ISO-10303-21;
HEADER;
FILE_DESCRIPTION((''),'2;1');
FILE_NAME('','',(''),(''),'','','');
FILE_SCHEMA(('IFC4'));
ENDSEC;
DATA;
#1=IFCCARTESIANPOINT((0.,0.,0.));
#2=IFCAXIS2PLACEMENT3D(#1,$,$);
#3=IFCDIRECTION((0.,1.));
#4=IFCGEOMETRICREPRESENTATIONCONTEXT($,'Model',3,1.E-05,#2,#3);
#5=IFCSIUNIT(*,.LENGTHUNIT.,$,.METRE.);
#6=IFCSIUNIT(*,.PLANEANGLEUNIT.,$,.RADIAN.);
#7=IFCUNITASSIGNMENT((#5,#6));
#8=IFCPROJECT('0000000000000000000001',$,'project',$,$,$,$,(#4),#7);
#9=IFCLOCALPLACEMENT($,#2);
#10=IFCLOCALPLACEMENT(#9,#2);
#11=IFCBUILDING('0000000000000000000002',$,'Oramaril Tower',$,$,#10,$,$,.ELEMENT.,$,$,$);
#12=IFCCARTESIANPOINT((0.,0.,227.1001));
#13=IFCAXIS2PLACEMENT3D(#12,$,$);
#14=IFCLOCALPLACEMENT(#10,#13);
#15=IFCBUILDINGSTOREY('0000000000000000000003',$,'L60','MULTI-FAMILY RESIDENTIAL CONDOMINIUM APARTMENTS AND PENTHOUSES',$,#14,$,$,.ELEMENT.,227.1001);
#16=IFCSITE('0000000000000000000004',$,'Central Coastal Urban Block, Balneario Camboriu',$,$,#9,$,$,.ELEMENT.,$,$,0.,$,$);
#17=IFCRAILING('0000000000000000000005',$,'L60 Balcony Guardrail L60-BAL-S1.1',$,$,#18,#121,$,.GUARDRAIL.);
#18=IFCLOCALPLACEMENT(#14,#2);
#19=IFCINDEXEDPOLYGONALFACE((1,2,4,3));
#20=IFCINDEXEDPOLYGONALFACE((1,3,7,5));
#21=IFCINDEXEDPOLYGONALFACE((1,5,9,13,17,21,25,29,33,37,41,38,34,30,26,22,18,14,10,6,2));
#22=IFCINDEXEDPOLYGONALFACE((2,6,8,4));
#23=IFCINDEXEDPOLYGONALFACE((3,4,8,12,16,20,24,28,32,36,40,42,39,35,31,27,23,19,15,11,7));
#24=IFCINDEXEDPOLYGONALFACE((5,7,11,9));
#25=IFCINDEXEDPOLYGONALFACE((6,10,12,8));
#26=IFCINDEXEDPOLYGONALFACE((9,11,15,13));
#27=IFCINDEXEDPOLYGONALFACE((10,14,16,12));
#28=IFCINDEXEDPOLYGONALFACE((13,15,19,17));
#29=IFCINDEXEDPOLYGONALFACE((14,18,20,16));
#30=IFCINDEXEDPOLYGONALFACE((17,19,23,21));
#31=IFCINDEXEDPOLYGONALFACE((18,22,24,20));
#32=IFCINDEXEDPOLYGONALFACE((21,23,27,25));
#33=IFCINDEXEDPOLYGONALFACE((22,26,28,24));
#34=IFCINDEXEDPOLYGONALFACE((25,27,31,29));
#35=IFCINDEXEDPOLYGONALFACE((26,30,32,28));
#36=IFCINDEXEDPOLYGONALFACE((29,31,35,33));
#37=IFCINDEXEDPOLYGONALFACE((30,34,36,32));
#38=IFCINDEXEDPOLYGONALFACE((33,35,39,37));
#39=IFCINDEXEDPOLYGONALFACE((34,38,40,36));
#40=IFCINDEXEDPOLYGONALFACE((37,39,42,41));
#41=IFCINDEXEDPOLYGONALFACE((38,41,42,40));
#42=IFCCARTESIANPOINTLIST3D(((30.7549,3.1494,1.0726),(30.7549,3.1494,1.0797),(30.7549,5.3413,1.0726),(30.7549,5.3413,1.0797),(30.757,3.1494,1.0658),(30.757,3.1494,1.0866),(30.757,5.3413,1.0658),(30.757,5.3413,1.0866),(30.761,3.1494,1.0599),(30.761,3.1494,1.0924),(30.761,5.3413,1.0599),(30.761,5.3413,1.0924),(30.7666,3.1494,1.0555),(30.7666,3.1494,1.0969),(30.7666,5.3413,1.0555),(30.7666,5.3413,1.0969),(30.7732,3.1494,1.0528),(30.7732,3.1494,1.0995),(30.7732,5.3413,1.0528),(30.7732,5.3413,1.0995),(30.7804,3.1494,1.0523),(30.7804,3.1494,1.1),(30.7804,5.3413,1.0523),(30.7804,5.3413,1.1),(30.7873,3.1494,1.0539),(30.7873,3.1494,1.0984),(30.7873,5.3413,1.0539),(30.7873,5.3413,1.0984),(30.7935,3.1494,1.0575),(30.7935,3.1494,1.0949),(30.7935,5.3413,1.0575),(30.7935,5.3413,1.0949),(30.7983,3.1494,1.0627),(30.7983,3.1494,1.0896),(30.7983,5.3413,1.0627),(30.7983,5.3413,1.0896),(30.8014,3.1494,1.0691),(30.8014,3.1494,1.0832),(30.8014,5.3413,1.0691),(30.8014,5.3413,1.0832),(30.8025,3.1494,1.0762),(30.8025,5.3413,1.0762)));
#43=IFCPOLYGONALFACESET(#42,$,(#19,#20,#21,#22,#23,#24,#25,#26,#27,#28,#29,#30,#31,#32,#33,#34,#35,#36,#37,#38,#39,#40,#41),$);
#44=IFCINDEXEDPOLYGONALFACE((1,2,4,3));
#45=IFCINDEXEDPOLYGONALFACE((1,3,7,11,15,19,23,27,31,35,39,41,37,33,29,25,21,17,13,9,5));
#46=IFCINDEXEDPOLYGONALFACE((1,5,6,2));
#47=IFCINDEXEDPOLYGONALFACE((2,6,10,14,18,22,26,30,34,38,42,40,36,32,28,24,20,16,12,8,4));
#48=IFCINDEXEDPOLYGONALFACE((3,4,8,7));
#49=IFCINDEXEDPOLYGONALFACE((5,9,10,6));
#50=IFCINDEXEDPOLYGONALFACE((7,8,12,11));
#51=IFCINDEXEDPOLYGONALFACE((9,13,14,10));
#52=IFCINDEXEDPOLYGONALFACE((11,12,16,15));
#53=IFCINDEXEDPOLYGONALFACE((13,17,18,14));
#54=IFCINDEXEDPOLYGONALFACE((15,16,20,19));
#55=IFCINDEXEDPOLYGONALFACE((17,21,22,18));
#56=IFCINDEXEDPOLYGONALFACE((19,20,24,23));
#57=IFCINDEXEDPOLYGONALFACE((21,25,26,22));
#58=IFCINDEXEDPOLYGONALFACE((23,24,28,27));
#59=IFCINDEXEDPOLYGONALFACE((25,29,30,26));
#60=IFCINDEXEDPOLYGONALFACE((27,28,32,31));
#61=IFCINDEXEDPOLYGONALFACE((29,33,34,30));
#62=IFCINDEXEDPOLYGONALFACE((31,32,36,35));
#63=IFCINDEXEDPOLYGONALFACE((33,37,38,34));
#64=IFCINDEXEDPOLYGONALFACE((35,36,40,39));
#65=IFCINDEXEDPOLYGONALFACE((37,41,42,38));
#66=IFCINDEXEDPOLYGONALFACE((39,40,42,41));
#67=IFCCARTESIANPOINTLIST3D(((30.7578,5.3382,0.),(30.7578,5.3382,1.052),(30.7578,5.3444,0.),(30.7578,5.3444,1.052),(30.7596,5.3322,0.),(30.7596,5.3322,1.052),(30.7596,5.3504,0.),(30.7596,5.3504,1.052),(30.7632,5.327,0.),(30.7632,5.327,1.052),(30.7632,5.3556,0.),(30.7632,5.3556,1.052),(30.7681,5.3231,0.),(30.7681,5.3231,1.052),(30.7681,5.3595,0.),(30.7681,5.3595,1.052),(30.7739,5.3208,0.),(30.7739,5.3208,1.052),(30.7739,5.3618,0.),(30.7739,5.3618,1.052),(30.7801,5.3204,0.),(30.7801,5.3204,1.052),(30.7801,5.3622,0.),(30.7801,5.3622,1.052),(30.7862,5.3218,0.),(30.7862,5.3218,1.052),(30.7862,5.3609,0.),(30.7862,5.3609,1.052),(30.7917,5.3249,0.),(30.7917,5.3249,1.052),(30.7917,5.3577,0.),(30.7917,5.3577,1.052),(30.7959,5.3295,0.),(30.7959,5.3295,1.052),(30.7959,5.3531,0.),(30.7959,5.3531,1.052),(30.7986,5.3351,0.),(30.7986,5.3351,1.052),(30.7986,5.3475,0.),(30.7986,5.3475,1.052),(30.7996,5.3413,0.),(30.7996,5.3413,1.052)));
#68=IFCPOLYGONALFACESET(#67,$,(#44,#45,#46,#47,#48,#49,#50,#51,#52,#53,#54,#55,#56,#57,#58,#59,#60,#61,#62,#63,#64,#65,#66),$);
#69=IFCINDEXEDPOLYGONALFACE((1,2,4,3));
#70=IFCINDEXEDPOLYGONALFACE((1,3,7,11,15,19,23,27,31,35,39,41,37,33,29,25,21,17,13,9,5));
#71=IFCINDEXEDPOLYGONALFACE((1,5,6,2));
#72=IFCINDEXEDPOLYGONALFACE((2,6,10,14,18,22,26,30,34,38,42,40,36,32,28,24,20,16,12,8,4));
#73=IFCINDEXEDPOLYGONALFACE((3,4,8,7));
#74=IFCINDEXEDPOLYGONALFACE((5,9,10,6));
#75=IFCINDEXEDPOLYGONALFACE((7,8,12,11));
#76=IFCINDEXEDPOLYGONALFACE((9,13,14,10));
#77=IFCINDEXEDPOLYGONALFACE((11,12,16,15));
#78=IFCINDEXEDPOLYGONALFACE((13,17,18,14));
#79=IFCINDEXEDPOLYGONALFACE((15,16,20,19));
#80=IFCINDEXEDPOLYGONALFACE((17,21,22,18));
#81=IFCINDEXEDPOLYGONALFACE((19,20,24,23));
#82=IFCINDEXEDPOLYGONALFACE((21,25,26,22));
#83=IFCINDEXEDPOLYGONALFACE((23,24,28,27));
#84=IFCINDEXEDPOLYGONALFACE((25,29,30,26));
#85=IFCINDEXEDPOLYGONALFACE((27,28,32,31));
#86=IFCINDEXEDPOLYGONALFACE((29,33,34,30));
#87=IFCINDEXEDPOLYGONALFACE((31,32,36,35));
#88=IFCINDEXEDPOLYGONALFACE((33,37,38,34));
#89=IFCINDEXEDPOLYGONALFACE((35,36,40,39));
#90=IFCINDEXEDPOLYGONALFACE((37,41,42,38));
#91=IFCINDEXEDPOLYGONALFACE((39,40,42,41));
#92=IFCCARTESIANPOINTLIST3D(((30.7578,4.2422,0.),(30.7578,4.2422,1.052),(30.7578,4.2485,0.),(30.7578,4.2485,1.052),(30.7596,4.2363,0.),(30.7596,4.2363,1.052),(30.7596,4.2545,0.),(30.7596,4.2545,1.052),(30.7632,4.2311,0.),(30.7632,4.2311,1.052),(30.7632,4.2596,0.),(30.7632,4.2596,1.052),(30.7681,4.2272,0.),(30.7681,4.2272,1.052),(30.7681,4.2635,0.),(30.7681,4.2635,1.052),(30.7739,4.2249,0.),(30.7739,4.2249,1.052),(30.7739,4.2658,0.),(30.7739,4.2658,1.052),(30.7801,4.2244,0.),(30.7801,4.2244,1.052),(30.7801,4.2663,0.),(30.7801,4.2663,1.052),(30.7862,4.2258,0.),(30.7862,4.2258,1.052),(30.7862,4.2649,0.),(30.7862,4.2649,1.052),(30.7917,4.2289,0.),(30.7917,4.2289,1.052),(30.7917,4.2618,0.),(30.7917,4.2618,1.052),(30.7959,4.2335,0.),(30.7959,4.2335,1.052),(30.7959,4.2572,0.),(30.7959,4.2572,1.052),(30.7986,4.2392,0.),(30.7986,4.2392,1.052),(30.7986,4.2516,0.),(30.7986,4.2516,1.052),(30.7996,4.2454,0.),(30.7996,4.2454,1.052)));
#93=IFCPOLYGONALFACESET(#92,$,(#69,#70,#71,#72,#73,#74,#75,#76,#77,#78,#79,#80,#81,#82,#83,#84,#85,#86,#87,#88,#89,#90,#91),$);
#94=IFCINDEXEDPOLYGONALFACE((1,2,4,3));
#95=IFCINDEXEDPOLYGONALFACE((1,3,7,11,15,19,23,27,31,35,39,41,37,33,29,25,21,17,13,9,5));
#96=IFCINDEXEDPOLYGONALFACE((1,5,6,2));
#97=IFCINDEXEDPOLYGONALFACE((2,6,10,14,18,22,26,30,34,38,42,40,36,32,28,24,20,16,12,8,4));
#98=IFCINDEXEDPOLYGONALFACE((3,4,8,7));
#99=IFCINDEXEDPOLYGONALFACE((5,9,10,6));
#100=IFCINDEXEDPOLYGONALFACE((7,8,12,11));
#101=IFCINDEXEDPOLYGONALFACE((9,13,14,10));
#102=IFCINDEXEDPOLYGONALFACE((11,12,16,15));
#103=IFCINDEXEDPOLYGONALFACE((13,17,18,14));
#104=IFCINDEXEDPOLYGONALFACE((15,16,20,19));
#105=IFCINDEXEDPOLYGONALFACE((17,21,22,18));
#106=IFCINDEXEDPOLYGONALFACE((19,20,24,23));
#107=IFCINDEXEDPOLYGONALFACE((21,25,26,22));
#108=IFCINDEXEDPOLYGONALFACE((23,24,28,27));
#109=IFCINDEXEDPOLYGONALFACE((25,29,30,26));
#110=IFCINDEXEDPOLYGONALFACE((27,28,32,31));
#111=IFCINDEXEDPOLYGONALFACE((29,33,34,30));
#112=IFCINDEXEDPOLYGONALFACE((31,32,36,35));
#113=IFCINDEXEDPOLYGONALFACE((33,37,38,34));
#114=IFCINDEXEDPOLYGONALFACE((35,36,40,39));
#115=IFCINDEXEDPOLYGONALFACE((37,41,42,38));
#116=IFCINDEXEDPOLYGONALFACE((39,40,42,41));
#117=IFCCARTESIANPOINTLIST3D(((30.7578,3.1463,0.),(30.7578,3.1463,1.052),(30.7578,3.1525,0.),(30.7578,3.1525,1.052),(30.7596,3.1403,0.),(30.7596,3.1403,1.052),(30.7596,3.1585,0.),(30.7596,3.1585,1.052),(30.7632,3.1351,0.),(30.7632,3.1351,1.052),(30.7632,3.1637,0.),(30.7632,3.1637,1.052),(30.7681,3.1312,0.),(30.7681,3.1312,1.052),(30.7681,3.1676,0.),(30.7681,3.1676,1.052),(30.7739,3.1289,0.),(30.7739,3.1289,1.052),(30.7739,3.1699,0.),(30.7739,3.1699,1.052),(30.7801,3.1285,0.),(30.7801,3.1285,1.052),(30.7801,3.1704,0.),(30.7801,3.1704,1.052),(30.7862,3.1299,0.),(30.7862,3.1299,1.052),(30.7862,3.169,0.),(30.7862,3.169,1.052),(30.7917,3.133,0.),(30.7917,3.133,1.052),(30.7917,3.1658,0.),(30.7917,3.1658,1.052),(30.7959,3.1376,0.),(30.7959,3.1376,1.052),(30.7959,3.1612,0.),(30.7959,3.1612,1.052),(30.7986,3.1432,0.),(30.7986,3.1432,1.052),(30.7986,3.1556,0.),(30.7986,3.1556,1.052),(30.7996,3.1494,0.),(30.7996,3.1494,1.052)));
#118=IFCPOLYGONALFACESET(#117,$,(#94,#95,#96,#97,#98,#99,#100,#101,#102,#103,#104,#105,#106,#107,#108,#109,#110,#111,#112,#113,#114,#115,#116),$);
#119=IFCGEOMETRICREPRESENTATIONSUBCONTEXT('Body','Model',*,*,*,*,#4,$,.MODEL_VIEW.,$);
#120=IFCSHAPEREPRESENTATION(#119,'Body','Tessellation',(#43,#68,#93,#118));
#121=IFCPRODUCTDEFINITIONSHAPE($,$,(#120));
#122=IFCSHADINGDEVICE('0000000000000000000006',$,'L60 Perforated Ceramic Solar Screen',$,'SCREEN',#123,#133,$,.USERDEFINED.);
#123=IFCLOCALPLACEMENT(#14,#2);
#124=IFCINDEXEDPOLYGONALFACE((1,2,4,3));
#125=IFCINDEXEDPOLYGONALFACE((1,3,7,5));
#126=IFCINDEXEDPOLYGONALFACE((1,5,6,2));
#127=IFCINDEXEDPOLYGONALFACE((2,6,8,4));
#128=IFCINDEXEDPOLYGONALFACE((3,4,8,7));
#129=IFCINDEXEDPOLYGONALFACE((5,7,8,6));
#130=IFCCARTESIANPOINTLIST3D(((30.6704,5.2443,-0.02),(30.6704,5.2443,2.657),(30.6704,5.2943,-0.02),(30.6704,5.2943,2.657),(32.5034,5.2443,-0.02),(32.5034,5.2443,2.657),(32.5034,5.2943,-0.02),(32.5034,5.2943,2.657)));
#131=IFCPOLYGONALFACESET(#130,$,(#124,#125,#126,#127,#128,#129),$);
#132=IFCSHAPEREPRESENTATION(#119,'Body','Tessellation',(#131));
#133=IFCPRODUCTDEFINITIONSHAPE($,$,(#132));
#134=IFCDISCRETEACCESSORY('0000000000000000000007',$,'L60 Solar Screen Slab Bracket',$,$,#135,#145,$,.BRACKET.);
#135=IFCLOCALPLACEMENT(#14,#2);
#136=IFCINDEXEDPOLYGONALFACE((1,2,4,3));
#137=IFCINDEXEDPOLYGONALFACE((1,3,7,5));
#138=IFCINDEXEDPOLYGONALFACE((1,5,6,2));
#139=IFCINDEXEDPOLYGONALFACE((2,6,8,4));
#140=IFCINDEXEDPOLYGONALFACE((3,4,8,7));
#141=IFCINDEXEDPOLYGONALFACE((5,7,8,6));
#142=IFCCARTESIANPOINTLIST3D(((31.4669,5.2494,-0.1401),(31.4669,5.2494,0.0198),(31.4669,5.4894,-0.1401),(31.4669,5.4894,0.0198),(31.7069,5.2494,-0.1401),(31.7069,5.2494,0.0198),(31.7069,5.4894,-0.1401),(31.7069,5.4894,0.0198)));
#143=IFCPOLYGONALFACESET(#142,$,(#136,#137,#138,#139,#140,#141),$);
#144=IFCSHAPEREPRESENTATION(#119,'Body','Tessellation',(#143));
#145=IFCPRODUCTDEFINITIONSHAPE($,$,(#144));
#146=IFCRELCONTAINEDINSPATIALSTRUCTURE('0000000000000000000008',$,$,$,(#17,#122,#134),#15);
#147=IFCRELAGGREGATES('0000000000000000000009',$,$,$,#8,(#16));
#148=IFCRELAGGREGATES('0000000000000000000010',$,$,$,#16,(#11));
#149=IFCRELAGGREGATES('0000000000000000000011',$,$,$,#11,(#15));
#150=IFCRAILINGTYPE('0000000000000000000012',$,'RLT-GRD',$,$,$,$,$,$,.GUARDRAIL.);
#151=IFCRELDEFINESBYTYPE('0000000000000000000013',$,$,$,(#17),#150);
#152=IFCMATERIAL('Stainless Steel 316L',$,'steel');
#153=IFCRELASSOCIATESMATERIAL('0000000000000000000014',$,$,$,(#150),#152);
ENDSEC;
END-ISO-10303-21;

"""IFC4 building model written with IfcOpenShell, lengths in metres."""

from ifc_helpers import new_model, si_unit, direction, frame, origin, origin_2d, place, context, subcontext, project, spatial, rectangle, circle, extrude, material, type_object, element, save


model = new_model("IFC4")

# Units and contexts
model_context = context("Model", 3, precision=1e-05, world=origin(), true_north=direction((0.0, 1.0)))
body_context = subcontext(model_context, "Body", "Model", "MODEL_VIEW")
ifc_project = project(units=[si_unit("LENGTHUNIT", "METRE"), si_unit("PLANEANGLEUNIT", "RADIAN")], contexts=[model_context])

# Site, building, storey
site_placement = place(None, origin())
site = spatial("IfcSite", under=ifc_project, at=site_placement, Name="Central Coastal Urban Block, Balneario Camboriu", CompositionType="ELEMENT", RefElevation=0.0)
building_placement = place(site_placement, origin())
building = spatial("IfcBuilding", under=site, at=building_placement, Name="Oramaril Tower", CompositionType="ELEMENT")
storey_placement = place(building_placement, frame((0.0, 0.0, 227.1001)))
storey = spatial("IfcBuildingStorey", under=building, at=storey_placement, Name="L60", Description="MULTI-FAMILY RESIDENTIAL CONDOMINIUM APARTMENTS AND PENTHOUSES", CompositionType="ELEMENT", Elevation=227.1001)

# Railing
ifc_material_1 = material(Name="Stainless Steel 316L", Category="steel")
railing_type = type_object("IfcRailingType", Name="RLT-GRD", PredefinedType="GUARDRAIL", material=ifc_material_1)
railing_1_placement = place(storey_placement, frame((30.7786, 5.3413, 0.0)))
element("IfcRailing", 1, at=railing_1_placement, inside=storey, type_object=railing_type, Name="L60 Balcony Guardrail L60-BAL-S1.1", PredefinedType="GUARDRAIL", context=body_context, shape_type="SweptSolid", body=[
    extrude(circle(Radius=0.0239, at=origin_2d()), frame((0.0, 0.0, 1.0762), z_axis=(0.0, -1.0, 0.0), x_axis=(1.0, 0.0, 0.0)), (0.0, 0.0, 1.0), 2.1919),
    extrude(circle(Radius=0.021, at=origin_2d()), origin(), (0.0, 0.0, 1.0), 1.052),
    extrude(circle(Radius=0.021, at=origin_2d()), frame((0.0, -1.0959, 0.0)), (0.0, 0.0, 1.0), 1.052),
    extrude(circle(Radius=0.021, at=origin_2d()), frame((0.0, -2.1919, 0.0)), (0.0, 0.0, 1.0), 1.052),
])

# Shading device
shading_device_placement = place(storey_placement, frame((31.5869, 5.2693, -0.02), z_axis=(0.0, 0.0, 1.0), x_axis=(1.0, 0.0, 0.0)))
element("IfcShadingDevice", 2, at=shading_device_placement, inside=storey, Name="L60 Perforated Ceramic Solar Screen", ObjectType="SCREEN", PredefinedType="USERDEFINED", context=body_context, shape_type="SweptSolid", body=[
    extrude(rectangle(XDim=1.833, YDim=0.05, at=origin_2d()), origin(), (0.0, 0.0, 1.0), 2.677),
])

# Discrete accessory
discrete_accessory_placement = place(storey_placement, frame((31.5869, 5.3694, -0.1401), z_axis=(0.0, 0.0, 1.0), x_axis=(1.0, 0.0, 0.0)))
element("IfcDiscreteAccessory", 3, at=discrete_accessory_placement, inside=storey, Name="L60 Solar Screen Slab Bracket", PredefinedType="BRACKET", context=body_context, shape_type="SweptSolid", body=[
    extrude(rectangle(XDim=0.24, YDim=0.24, at=origin_2d()), origin(), (0.0, 0.0, 1.0), 0.1599),
])

save(model, "model.ifc")
